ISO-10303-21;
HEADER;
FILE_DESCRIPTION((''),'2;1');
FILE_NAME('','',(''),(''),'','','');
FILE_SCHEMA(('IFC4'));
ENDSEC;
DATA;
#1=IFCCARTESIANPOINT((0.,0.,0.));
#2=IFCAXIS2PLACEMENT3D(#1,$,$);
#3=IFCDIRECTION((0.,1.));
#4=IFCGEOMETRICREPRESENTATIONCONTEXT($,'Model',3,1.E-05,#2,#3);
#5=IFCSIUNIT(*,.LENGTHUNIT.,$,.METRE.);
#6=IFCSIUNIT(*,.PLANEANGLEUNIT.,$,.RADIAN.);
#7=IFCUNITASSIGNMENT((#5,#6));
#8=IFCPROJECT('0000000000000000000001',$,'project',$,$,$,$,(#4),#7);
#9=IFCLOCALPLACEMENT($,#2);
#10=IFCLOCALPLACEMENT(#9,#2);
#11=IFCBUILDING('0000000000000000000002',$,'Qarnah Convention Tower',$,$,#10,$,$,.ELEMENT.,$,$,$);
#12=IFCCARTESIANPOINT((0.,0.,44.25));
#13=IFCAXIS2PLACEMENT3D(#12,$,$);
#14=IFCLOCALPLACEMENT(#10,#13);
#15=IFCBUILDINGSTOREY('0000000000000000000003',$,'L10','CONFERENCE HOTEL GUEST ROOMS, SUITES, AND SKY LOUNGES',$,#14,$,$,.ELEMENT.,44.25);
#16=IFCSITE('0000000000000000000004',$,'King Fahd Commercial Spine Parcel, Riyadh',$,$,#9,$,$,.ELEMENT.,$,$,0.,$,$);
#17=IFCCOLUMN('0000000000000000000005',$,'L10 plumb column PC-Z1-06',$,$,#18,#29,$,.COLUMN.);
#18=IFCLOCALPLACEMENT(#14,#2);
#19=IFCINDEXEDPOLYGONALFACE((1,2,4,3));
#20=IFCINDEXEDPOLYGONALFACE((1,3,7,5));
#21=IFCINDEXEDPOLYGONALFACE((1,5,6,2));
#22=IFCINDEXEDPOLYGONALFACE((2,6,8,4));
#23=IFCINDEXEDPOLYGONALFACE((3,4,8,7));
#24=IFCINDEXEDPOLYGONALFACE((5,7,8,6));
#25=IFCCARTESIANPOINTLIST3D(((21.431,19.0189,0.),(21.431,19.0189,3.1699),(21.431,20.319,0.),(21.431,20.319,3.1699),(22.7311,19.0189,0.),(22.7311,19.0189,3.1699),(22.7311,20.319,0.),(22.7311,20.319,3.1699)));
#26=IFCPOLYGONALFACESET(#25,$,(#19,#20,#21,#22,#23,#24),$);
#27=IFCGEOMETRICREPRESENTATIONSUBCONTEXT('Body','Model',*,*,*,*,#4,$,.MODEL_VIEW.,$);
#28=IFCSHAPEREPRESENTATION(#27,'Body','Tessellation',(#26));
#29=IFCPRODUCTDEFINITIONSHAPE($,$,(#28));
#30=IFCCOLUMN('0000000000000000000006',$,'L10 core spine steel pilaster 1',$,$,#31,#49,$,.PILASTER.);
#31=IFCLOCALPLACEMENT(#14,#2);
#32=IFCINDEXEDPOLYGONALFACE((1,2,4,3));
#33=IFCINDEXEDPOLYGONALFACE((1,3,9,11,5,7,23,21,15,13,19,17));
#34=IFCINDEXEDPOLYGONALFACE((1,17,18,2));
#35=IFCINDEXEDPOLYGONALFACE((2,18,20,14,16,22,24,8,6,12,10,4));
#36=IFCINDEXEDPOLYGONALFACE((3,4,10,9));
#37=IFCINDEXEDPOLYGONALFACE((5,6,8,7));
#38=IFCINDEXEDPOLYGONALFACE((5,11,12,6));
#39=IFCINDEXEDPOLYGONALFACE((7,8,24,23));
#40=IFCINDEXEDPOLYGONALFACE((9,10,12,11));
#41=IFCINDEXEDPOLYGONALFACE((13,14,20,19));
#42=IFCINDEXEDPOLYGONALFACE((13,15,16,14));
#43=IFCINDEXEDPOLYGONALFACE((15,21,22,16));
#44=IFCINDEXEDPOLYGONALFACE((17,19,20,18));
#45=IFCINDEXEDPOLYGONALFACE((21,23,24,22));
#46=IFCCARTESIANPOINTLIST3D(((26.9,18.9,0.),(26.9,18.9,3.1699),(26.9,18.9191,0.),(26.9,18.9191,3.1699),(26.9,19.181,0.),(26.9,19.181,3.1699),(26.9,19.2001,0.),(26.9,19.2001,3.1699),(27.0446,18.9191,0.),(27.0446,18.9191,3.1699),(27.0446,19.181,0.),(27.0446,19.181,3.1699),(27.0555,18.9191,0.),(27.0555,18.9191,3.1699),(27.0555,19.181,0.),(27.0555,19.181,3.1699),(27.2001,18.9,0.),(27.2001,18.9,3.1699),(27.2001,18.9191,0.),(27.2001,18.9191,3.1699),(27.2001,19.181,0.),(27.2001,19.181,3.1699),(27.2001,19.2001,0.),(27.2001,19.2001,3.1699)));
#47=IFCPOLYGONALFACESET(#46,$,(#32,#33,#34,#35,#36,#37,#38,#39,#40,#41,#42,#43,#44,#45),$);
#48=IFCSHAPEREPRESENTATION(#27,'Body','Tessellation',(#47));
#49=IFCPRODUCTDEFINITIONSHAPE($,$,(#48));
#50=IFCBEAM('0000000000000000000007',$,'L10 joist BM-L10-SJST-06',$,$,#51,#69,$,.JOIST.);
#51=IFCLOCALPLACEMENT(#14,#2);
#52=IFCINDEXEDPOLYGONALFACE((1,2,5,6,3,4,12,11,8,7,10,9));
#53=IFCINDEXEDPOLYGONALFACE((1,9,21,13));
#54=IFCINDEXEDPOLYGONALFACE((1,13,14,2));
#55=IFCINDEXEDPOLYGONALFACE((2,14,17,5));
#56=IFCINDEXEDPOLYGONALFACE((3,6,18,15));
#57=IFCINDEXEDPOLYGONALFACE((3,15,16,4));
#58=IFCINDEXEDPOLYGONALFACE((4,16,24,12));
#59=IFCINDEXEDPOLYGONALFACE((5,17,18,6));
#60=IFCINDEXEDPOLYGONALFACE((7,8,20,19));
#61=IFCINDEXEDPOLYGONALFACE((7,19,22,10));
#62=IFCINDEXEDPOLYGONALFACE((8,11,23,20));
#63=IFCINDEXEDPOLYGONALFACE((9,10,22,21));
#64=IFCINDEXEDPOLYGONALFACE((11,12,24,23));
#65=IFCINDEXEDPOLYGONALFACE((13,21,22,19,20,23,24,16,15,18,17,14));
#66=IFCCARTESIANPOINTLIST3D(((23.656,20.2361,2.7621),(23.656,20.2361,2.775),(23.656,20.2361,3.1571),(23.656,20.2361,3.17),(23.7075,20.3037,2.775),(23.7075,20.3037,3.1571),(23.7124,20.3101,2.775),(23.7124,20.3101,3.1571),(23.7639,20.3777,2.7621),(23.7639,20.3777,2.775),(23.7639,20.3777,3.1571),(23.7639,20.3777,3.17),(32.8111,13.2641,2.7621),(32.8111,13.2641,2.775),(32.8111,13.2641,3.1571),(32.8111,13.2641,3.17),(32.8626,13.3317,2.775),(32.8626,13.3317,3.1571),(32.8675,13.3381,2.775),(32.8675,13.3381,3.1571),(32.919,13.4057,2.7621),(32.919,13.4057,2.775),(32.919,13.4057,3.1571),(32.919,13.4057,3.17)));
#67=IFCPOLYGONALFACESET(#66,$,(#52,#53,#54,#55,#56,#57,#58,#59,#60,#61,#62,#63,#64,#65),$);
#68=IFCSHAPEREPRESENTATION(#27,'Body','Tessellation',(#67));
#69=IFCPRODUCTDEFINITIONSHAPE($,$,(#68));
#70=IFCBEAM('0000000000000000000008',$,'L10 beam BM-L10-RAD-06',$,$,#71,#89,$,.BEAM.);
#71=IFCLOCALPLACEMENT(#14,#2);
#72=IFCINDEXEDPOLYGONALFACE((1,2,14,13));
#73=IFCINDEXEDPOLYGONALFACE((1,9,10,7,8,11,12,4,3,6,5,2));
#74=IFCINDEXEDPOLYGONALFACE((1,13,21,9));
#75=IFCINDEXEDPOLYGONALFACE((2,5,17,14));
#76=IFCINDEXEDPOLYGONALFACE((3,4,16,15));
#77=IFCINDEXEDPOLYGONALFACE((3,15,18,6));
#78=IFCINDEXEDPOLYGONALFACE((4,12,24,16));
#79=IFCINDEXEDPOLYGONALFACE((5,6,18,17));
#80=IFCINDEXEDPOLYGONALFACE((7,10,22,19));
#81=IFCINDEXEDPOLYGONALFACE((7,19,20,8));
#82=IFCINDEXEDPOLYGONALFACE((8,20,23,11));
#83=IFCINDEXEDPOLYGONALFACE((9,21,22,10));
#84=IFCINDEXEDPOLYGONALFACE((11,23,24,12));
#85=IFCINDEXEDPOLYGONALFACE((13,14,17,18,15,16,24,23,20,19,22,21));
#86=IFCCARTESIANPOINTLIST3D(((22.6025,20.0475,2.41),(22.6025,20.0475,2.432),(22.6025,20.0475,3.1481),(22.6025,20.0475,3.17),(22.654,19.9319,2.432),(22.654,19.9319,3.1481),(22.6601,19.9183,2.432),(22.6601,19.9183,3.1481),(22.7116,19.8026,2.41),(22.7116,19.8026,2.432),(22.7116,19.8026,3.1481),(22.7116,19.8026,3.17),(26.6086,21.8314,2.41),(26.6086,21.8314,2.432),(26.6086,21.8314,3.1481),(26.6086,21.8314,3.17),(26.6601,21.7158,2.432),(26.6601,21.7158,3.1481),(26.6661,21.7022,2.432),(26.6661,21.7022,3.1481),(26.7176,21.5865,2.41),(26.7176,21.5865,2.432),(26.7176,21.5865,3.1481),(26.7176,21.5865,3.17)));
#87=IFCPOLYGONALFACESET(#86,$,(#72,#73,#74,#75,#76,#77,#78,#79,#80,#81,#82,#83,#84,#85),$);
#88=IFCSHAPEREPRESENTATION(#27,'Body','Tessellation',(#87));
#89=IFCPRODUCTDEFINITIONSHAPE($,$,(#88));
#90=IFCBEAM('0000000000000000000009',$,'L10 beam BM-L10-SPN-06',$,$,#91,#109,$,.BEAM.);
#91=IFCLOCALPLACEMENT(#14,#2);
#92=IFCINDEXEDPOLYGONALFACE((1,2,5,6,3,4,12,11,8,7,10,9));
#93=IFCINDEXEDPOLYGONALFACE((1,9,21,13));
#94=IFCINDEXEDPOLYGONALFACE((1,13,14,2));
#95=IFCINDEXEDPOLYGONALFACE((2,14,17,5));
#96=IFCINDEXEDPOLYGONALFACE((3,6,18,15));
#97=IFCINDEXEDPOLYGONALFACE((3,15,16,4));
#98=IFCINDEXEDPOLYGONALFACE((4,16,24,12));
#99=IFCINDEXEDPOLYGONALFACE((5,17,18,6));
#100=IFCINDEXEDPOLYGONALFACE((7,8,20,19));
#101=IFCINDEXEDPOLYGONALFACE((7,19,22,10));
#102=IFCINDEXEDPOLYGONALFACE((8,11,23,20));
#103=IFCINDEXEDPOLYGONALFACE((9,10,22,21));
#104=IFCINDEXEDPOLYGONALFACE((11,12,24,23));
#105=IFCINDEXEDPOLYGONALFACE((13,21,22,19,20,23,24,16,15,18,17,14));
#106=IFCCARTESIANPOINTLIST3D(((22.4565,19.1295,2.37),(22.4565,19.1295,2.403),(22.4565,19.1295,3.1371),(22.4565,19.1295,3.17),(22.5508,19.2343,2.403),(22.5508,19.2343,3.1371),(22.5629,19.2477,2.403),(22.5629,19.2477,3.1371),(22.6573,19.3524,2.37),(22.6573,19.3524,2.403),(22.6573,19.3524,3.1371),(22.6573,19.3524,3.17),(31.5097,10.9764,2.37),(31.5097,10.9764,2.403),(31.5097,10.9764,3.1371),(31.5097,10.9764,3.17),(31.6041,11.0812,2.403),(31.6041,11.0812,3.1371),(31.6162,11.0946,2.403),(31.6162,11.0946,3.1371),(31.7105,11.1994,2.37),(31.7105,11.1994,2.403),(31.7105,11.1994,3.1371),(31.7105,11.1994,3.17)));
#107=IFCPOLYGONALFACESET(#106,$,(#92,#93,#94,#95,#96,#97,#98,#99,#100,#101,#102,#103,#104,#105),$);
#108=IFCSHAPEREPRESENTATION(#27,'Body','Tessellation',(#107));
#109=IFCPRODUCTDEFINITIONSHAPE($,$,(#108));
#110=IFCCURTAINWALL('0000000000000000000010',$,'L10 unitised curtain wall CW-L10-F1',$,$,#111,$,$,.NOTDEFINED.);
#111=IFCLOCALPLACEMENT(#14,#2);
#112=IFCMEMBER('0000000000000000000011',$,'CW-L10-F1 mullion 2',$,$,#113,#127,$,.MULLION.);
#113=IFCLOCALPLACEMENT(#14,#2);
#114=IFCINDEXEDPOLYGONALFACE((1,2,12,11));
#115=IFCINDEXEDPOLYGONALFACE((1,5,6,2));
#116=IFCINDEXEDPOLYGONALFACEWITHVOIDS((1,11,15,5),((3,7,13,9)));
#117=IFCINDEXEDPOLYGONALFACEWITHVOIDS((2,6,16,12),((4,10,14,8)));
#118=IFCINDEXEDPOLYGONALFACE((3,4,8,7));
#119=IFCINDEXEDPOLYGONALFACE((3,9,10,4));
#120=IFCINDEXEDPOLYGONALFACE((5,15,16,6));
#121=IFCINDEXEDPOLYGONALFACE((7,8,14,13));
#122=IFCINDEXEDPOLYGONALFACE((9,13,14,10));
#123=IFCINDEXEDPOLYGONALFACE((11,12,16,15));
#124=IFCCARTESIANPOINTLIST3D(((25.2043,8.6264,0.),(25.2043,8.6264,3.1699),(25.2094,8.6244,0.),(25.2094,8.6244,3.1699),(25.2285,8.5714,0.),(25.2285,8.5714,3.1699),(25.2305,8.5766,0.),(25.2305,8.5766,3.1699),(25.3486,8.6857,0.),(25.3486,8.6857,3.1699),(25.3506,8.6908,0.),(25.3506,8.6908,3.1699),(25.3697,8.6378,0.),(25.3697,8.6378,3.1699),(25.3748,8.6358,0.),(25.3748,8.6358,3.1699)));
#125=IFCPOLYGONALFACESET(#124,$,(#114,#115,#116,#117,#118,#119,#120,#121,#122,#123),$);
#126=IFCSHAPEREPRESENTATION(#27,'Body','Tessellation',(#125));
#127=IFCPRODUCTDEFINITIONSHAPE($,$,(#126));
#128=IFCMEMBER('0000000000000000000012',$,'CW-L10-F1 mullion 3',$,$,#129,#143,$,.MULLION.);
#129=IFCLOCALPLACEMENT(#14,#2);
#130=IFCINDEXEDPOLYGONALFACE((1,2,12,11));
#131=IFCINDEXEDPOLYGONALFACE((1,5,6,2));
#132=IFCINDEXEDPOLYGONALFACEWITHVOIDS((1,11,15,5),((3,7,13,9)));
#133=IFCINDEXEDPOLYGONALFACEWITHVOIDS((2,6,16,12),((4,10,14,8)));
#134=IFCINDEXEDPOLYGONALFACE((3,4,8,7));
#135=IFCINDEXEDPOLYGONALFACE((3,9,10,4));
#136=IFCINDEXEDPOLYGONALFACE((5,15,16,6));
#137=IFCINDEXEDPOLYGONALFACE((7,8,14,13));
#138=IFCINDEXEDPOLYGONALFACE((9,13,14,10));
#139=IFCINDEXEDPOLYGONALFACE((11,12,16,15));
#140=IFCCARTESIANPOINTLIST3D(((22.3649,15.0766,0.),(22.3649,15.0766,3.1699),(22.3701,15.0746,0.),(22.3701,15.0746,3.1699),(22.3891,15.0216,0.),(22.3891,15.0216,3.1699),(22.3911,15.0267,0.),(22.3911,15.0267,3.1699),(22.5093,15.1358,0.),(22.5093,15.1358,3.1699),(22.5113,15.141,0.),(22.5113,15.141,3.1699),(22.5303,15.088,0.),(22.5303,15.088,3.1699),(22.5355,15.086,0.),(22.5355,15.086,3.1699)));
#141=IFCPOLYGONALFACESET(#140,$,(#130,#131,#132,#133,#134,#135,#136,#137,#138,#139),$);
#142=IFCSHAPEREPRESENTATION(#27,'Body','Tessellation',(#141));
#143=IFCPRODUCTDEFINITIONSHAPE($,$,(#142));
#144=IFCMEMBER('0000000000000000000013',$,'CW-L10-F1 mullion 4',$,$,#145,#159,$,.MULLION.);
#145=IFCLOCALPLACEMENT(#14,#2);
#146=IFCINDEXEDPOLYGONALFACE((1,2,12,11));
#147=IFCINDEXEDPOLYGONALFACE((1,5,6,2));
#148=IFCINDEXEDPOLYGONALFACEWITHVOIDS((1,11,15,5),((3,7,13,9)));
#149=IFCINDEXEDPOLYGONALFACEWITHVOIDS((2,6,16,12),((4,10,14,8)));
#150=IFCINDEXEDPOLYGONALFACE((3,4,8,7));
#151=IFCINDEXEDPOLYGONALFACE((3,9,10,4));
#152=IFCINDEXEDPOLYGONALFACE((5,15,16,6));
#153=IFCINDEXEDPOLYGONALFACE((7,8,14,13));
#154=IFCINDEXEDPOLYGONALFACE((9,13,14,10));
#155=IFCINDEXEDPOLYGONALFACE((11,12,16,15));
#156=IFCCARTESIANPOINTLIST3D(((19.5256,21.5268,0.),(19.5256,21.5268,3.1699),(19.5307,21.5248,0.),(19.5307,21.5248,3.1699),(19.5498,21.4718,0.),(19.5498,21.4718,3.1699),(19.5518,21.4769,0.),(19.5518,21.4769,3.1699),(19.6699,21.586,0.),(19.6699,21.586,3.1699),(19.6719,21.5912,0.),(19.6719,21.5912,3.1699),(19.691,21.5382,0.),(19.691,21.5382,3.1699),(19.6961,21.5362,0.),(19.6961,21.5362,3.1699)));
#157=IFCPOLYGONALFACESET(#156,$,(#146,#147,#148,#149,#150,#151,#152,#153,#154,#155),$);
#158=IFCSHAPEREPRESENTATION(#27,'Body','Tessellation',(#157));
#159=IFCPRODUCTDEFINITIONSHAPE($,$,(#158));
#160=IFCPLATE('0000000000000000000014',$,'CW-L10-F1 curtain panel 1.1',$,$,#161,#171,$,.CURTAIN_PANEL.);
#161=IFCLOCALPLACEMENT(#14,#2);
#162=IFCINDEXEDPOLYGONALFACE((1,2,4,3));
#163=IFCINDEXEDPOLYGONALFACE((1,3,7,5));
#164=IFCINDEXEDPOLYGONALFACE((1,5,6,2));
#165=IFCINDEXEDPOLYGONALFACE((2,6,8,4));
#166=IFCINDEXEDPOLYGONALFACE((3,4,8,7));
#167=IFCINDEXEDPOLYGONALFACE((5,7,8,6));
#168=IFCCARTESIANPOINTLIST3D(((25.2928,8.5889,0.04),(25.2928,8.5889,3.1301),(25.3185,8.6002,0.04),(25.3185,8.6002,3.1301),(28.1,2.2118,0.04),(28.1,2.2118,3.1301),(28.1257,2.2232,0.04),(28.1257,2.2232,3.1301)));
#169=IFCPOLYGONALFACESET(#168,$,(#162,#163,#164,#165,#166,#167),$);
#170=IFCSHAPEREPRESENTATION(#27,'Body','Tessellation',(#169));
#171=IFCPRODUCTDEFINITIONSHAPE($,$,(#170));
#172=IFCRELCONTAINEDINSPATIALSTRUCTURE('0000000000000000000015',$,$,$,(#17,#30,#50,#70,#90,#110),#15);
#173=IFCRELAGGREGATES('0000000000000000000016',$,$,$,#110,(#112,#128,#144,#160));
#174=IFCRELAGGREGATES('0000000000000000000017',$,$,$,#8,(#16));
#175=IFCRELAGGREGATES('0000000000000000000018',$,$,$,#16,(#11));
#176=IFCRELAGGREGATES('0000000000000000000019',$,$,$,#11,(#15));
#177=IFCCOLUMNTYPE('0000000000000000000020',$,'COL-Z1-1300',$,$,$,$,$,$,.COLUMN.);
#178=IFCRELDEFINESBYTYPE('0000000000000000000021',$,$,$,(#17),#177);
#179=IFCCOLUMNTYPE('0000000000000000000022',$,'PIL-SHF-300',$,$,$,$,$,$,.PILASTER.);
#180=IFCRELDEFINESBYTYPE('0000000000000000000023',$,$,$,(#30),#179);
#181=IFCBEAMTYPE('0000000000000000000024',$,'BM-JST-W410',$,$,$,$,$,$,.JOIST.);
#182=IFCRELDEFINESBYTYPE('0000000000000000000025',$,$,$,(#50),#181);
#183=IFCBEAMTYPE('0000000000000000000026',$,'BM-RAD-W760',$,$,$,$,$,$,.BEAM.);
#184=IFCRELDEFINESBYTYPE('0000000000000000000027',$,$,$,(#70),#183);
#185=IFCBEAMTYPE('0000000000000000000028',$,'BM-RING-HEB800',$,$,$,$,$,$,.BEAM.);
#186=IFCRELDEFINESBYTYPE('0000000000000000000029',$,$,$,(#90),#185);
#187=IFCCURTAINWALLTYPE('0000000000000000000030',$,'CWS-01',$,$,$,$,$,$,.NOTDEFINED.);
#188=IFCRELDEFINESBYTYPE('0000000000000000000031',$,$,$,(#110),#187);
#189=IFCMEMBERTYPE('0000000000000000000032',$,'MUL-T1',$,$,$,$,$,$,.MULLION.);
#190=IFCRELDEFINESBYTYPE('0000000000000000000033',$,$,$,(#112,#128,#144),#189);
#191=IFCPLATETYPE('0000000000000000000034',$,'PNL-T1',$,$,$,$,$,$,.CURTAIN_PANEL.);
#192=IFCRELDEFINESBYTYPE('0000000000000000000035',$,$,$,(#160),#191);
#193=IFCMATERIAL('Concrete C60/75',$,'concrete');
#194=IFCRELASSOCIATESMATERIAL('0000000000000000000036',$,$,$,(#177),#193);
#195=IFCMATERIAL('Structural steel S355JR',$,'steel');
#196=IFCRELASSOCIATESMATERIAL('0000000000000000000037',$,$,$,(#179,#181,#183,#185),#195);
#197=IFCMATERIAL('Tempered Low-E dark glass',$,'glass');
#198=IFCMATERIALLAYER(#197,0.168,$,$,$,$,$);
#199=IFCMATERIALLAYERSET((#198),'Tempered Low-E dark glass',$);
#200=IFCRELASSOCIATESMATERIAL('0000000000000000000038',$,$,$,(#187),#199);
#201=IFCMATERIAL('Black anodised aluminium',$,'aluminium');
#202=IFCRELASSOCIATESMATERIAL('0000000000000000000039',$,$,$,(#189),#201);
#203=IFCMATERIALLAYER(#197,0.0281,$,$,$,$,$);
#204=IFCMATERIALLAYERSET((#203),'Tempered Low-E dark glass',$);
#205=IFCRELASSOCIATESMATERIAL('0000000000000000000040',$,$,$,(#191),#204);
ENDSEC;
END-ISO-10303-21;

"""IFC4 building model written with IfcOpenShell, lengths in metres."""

from ifc_helpers import new_model, si_unit, direction, frame, origin, origin_2d, place, context, subcontext, project, spatial, rectangle, hollow_rectangle, i_section, extrude, material, layer, layer_set, material_profile, profile_set, type_object, element, aggregate, save


model = new_model("IFC4")

# Units and contexts
model_context = context("Model", 3, precision=1e-05, world=origin(), true_north=direction((0.0, 1.0)))
body_context = subcontext(model_context, "Body", "Model", "MODEL_VIEW")
ifc_project = project(units=[si_unit("LENGTHUNIT", "METRE"), si_unit("PLANEANGLEUNIT", "RADIAN")], contexts=[model_context])

# Site, building, storey
site_placement = place(None, origin())
site = spatial("IfcSite", under=ifc_project, at=site_placement, Name="King Fahd Commercial Spine Parcel, Riyadh", CompositionType="ELEMENT", RefElevation=0.0)
building_placement = place(site_placement, origin())
building = spatial("IfcBuilding", under=site, at=building_placement, Name="Qarnah Convention Tower", CompositionType="ELEMENT")
storey_placement = place(building_placement, frame((0.0, 0.0, 44.25)))
storey = spatial("IfcBuildingStorey", under=building, at=storey_placement, Name="L10", Description="CONFERENCE HOTEL GUEST ROOMS, SUITES, AND SKY LOUNGES", CompositionType="ELEMENT", Elevation=44.25)

# Columns
ifc_material_1 = material(Name="Concrete C60/75", Category="concrete")
ifc_material_profile_1 = material_profile(ifc_material_1, rectangle(XDim=1.3, YDim=1.3, at=origin_2d()), Name="RC-COL-1300X1300")
ifc_profile_set_1 = profile_set([ifc_material_profile_1], Name="Concrete C60/75")
column_type_1 = type_object("IfcColumnType", Name="COL-Z1-1300", PredefinedType="COLUMN", material=ifc_profile_set_1)
column_1_placement = place(storey_placement, frame((22.0811, 19.6689, 0.0), z_axis=(0.0, 0.0, 1.0), x_axis=(1.0, 0.0, 0.0)))
element("IfcColumn", 1, at=column_1_placement, inside=storey, type_object=column_type_1, Name="L10 plumb column PC-Z1-06", PredefinedType="COLUMN", context=body_context, shape_type="SweptSolid", body=[
    extrude(rectangle(XDim=1.3, YDim=1.3, at=origin_2d()), origin(), (0.0, 0.0, 1.0), 3.1699),
])
ifc_material_2 = material(Name="Structural steel S355JR", Category="steel")
ifc_material_profile_2 = material_profile(ifc_material_2, i_section(OverallWidth=0.3, OverallDepth=0.3, WebThickness=0.011, FlangeThickness=0.019, at=origin_2d()), Name="HEB300")
ifc_profile_set_2 = profile_set([ifc_material_profile_2], Name="Structural steel S355JR")
column_type_2 = type_object("IfcColumnType", Name="PIL-SHF-300", PredefinedType="PILASTER", material=ifc_profile_set_2)
column_2_placement = place(storey_placement, frame((27.05, 19.05, 0.0), z_axis=(0.0, 0.0, 1.0), x_axis=(1.0, 0.0, 0.0)))
element("IfcColumn", 2, at=column_2_placement, inside=storey, type_object=column_type_2, Name="L10 core spine steel pilaster 1", PredefinedType="PILASTER", context=body_context, shape_type="SweptSolid", body=[
    extrude(i_section(OverallWidth=0.3, OverallDepth=0.3, WebThickness=0.011, FlangeThickness=0.019, at=origin_2d()), origin(), (0.0, 0.0, 1.0), 3.1699),
])

# Beams
ifc_material_profile_3 = material_profile(ifc_material_2, i_section(OverallWidth=0.178, OverallDepth=0.408, WebThickness=0.0081, FlangeThickness=0.0129, at=origin_2d()), Name="W410X60")
ifc_profile_set_3 = profile_set([ifc_material_profile_3], Name="Structural steel S355JR")
beam_type_1 = type_object("IfcBeamType", Name="BM-JST-W410", PredefinedType="JOIST", material=ifc_profile_set_3)
beam_1_placement = place(storey_placement, frame((23.71, 20.3069, 2.9661), z_axis=(0.795571, -0.60586, 0.0), x_axis=(0.60586, 0.795571, 0.0)))
element("IfcBeam", 3, at=beam_1_placement, inside=storey, type_object=beam_type_1, Name="L10 joist BM-L10-SJST-06", PredefinedType="JOIST", context=body_context, shape_type="SweptSolid", body=[
    extrude(i_section(OverallWidth=0.178, OverallDepth=0.408, WebThickness=0.0081, FlangeThickness=0.0129, at=origin_2d()), origin(), (0.0, 0.0, 1.0), 11.5076),
])
ifc_material_profile_4 = material_profile(ifc_material_2, i_section(OverallWidth=0.2681, OverallDepth=0.76, WebThickness=0.0149, FlangeThickness=0.022, at=origin_2d()), Name="W760X185")
ifc_profile_set_4 = profile_set([ifc_material_profile_4], Name="Structural steel S355JR")
beam_type_2 = type_object("IfcBeamType", Name="BM-RAD-W760", PredefinedType="BEAM", material=ifc_profile_set_4)
beam_2_placement = place(storey_placement, frame((26.6631, 21.709, 2.79), z_axis=(-0.91352, -0.406794, 0.0), x_axis=(0.406794, -0.91352, 0.0)))
element("IfcBeam", 4, at=beam_2_placement, inside=storey, type_object=beam_type_2, Name="L10 beam BM-L10-RAD-06", PredefinedType="BEAM", context=body_context, shape_type="SweptSolid", body=[
    extrude(i_section(OverallWidth=0.2681, OverallDepth=0.76, WebThickness=0.0149, FlangeThickness=0.022, at=origin_2d()), origin(), (0.0, 0.0, 1.0), 4.3853),
])
ifc_material_profile_5 = material_profile(ifc_material_2, i_section(OverallWidth=0.3, OverallDepth=0.8, WebThickness=0.0181, FlangeThickness=0.033, at=origin_2d()), Name="HEB800")
ifc_profile_set_5 = profile_set([ifc_material_profile_5], Name="Structural steel S355JR")
beam_type_3 = type_object("IfcBeamType", Name="BM-RING-HEB800", PredefinedType="BEAM", material=ifc_profile_set_5)
beam_3_placement = place(storey_placement, frame((22.5569, 19.241, 2.77), z_axis=(0.743083, -0.669199, 0.0), x_axis=(0.669199, 0.743083, 0.0)))
element("IfcBeam", 5, at=beam_3_placement, inside=storey, type_object=beam_type_3, Name="L10 beam BM-L10-SPN-06", PredefinedType="BEAM", context=body_context, shape_type="SweptSolid", body=[
    extrude(i_section(OverallWidth=0.3, OverallDepth=0.8, WebThickness=0.0181, FlangeThickness=0.033, at=origin_2d()), origin(), (0.0, 0.0, 1.0), 12.1833),
])

# Curtain wall, members, plate
ifc_material_3 = material(Name="Tempered Low-E dark glass", Category="glass")
ifc_layer_1 = layer(ifc_material_3, 0.168)
ifc_layer_set_1 = layer_set([ifc_layer_1], Name="Tempered Low-E dark glass")
curtain_wall_type = type_object("IfcCurtainWallType", Name="CWS-01", PredefinedType="NOTDEFINED", material=ifc_layer_set_1)
curtain_wall_placement = place(storey_placement, origin())
curtain_wall = element("IfcCurtainWall", 6, at=curtain_wall_placement, inside=storey, type_object=curtain_wall_type, Name="L10 unitised curtain wall CW-L10-F1", PredefinedType="NOTDEFINED")
ifc_material_4 = material(Name="Black anodised aluminium", Category="aluminium")
ifc_material_profile_6 = material_profile(ifc_material_4, hollow_rectangle(XDim=0.0601, YDim=0.1599, WallThickness=0.0039, at=origin_2d()), Name="MUL-60X160")
ifc_profile_set_6 = profile_set([ifc_material_profile_6], Name="Black anodised aluminium")
member_type = type_object("IfcMemberType", Name="MUL-T1", PredefinedType="MULLION", material=ifc_profile_set_6)
member_1_placement = place(storey_placement, frame((25.2896, 8.6311, 0.0), z_axis=(0.0, 0.0, 1.0), x_axis=(-0.402895, 0.915246, 0.0)))
member_1 = element("IfcMember", 7, at=member_1_placement, type_object=member_type, Name="CW-L10-F1 mullion 2", PredefinedType="MULLION", context=body_context, shape_type="SweptSolid", body=[
    extrude(hollow_rectangle(XDim=0.0601, YDim=0.1599, WallThickness=0.0039, at=origin_2d()), origin(), (0.0, 0.0, 1.0), 3.1699),
])
member_2_placement = place(storey_placement, frame((22.4502, 15.0813, 0.0), z_axis=(0.0, 0.0, 1.0), x_axis=(-0.402895, 0.915246, 0.0)))
member_2 = element("IfcMember", 8, at=member_2_placement, type_object=member_type, Name="CW-L10-F1 mullion 3", PredefinedType="MULLION", context=body_context, shape_type="SweptSolid", body=[
    extrude(hollow_rectangle(XDim=0.0601, YDim=0.1599, WallThickness=0.0039, at=origin_2d()), origin(), (0.0, 0.0, 1.0), 3.1699),
])
member_3_placement = place(storey_placement, frame((19.6108, 21.5315, 0.0), z_axis=(0.0, 0.0, 1.0), x_axis=(-0.402895, 0.915246, 0.0)))
member_3 = element("IfcMember", 9, at=member_3_placement, type_object=member_type, Name="CW-L10-F1 mullion 4", PredefinedType="MULLION", context=body_context, shape_type="SweptSolid", body=[
    extrude(hollow_rectangle(XDim=0.0601, YDim=0.1599, WallThickness=0.0039, at=origin_2d()), origin(), (0.0, 0.0, 1.0), 3.1699),
])
ifc_layer_2 = layer(ifc_material_3, 0.0281)
ifc_layer_set_2 = layer_set([ifc_layer_2], Name="Tempered Low-E dark glass")
plate_type = type_object("IfcPlateType", Name="PNL-T1", PredefinedType="CURTAIN_PANEL", material=ifc_layer_set_2)
plate_1_placement = place(storey_placement, frame((26.7092, 5.406, 0.04), z_axis=(0.0, 0.0, 1.0), x_axis=(-0.402895, 0.915246, 0.0)))
plate_1 = element("IfcPlate", 10, at=plate_1_placement, type_object=plate_type, Name="CW-L10-F1 curtain panel 1.1", PredefinedType="CURTAIN_PANEL", context=body_context, shape_type="SweptSolid", body=[
    extrude(rectangle(XDim=6.9675, YDim=0.0281, at=origin_2d()), origin(), (0.0, 0.0, 1.0), 3.0901),
])
aggregate(curtain_wall, [member_1, member_2, member_3, plate_1])

save(model, "model.ifc")
